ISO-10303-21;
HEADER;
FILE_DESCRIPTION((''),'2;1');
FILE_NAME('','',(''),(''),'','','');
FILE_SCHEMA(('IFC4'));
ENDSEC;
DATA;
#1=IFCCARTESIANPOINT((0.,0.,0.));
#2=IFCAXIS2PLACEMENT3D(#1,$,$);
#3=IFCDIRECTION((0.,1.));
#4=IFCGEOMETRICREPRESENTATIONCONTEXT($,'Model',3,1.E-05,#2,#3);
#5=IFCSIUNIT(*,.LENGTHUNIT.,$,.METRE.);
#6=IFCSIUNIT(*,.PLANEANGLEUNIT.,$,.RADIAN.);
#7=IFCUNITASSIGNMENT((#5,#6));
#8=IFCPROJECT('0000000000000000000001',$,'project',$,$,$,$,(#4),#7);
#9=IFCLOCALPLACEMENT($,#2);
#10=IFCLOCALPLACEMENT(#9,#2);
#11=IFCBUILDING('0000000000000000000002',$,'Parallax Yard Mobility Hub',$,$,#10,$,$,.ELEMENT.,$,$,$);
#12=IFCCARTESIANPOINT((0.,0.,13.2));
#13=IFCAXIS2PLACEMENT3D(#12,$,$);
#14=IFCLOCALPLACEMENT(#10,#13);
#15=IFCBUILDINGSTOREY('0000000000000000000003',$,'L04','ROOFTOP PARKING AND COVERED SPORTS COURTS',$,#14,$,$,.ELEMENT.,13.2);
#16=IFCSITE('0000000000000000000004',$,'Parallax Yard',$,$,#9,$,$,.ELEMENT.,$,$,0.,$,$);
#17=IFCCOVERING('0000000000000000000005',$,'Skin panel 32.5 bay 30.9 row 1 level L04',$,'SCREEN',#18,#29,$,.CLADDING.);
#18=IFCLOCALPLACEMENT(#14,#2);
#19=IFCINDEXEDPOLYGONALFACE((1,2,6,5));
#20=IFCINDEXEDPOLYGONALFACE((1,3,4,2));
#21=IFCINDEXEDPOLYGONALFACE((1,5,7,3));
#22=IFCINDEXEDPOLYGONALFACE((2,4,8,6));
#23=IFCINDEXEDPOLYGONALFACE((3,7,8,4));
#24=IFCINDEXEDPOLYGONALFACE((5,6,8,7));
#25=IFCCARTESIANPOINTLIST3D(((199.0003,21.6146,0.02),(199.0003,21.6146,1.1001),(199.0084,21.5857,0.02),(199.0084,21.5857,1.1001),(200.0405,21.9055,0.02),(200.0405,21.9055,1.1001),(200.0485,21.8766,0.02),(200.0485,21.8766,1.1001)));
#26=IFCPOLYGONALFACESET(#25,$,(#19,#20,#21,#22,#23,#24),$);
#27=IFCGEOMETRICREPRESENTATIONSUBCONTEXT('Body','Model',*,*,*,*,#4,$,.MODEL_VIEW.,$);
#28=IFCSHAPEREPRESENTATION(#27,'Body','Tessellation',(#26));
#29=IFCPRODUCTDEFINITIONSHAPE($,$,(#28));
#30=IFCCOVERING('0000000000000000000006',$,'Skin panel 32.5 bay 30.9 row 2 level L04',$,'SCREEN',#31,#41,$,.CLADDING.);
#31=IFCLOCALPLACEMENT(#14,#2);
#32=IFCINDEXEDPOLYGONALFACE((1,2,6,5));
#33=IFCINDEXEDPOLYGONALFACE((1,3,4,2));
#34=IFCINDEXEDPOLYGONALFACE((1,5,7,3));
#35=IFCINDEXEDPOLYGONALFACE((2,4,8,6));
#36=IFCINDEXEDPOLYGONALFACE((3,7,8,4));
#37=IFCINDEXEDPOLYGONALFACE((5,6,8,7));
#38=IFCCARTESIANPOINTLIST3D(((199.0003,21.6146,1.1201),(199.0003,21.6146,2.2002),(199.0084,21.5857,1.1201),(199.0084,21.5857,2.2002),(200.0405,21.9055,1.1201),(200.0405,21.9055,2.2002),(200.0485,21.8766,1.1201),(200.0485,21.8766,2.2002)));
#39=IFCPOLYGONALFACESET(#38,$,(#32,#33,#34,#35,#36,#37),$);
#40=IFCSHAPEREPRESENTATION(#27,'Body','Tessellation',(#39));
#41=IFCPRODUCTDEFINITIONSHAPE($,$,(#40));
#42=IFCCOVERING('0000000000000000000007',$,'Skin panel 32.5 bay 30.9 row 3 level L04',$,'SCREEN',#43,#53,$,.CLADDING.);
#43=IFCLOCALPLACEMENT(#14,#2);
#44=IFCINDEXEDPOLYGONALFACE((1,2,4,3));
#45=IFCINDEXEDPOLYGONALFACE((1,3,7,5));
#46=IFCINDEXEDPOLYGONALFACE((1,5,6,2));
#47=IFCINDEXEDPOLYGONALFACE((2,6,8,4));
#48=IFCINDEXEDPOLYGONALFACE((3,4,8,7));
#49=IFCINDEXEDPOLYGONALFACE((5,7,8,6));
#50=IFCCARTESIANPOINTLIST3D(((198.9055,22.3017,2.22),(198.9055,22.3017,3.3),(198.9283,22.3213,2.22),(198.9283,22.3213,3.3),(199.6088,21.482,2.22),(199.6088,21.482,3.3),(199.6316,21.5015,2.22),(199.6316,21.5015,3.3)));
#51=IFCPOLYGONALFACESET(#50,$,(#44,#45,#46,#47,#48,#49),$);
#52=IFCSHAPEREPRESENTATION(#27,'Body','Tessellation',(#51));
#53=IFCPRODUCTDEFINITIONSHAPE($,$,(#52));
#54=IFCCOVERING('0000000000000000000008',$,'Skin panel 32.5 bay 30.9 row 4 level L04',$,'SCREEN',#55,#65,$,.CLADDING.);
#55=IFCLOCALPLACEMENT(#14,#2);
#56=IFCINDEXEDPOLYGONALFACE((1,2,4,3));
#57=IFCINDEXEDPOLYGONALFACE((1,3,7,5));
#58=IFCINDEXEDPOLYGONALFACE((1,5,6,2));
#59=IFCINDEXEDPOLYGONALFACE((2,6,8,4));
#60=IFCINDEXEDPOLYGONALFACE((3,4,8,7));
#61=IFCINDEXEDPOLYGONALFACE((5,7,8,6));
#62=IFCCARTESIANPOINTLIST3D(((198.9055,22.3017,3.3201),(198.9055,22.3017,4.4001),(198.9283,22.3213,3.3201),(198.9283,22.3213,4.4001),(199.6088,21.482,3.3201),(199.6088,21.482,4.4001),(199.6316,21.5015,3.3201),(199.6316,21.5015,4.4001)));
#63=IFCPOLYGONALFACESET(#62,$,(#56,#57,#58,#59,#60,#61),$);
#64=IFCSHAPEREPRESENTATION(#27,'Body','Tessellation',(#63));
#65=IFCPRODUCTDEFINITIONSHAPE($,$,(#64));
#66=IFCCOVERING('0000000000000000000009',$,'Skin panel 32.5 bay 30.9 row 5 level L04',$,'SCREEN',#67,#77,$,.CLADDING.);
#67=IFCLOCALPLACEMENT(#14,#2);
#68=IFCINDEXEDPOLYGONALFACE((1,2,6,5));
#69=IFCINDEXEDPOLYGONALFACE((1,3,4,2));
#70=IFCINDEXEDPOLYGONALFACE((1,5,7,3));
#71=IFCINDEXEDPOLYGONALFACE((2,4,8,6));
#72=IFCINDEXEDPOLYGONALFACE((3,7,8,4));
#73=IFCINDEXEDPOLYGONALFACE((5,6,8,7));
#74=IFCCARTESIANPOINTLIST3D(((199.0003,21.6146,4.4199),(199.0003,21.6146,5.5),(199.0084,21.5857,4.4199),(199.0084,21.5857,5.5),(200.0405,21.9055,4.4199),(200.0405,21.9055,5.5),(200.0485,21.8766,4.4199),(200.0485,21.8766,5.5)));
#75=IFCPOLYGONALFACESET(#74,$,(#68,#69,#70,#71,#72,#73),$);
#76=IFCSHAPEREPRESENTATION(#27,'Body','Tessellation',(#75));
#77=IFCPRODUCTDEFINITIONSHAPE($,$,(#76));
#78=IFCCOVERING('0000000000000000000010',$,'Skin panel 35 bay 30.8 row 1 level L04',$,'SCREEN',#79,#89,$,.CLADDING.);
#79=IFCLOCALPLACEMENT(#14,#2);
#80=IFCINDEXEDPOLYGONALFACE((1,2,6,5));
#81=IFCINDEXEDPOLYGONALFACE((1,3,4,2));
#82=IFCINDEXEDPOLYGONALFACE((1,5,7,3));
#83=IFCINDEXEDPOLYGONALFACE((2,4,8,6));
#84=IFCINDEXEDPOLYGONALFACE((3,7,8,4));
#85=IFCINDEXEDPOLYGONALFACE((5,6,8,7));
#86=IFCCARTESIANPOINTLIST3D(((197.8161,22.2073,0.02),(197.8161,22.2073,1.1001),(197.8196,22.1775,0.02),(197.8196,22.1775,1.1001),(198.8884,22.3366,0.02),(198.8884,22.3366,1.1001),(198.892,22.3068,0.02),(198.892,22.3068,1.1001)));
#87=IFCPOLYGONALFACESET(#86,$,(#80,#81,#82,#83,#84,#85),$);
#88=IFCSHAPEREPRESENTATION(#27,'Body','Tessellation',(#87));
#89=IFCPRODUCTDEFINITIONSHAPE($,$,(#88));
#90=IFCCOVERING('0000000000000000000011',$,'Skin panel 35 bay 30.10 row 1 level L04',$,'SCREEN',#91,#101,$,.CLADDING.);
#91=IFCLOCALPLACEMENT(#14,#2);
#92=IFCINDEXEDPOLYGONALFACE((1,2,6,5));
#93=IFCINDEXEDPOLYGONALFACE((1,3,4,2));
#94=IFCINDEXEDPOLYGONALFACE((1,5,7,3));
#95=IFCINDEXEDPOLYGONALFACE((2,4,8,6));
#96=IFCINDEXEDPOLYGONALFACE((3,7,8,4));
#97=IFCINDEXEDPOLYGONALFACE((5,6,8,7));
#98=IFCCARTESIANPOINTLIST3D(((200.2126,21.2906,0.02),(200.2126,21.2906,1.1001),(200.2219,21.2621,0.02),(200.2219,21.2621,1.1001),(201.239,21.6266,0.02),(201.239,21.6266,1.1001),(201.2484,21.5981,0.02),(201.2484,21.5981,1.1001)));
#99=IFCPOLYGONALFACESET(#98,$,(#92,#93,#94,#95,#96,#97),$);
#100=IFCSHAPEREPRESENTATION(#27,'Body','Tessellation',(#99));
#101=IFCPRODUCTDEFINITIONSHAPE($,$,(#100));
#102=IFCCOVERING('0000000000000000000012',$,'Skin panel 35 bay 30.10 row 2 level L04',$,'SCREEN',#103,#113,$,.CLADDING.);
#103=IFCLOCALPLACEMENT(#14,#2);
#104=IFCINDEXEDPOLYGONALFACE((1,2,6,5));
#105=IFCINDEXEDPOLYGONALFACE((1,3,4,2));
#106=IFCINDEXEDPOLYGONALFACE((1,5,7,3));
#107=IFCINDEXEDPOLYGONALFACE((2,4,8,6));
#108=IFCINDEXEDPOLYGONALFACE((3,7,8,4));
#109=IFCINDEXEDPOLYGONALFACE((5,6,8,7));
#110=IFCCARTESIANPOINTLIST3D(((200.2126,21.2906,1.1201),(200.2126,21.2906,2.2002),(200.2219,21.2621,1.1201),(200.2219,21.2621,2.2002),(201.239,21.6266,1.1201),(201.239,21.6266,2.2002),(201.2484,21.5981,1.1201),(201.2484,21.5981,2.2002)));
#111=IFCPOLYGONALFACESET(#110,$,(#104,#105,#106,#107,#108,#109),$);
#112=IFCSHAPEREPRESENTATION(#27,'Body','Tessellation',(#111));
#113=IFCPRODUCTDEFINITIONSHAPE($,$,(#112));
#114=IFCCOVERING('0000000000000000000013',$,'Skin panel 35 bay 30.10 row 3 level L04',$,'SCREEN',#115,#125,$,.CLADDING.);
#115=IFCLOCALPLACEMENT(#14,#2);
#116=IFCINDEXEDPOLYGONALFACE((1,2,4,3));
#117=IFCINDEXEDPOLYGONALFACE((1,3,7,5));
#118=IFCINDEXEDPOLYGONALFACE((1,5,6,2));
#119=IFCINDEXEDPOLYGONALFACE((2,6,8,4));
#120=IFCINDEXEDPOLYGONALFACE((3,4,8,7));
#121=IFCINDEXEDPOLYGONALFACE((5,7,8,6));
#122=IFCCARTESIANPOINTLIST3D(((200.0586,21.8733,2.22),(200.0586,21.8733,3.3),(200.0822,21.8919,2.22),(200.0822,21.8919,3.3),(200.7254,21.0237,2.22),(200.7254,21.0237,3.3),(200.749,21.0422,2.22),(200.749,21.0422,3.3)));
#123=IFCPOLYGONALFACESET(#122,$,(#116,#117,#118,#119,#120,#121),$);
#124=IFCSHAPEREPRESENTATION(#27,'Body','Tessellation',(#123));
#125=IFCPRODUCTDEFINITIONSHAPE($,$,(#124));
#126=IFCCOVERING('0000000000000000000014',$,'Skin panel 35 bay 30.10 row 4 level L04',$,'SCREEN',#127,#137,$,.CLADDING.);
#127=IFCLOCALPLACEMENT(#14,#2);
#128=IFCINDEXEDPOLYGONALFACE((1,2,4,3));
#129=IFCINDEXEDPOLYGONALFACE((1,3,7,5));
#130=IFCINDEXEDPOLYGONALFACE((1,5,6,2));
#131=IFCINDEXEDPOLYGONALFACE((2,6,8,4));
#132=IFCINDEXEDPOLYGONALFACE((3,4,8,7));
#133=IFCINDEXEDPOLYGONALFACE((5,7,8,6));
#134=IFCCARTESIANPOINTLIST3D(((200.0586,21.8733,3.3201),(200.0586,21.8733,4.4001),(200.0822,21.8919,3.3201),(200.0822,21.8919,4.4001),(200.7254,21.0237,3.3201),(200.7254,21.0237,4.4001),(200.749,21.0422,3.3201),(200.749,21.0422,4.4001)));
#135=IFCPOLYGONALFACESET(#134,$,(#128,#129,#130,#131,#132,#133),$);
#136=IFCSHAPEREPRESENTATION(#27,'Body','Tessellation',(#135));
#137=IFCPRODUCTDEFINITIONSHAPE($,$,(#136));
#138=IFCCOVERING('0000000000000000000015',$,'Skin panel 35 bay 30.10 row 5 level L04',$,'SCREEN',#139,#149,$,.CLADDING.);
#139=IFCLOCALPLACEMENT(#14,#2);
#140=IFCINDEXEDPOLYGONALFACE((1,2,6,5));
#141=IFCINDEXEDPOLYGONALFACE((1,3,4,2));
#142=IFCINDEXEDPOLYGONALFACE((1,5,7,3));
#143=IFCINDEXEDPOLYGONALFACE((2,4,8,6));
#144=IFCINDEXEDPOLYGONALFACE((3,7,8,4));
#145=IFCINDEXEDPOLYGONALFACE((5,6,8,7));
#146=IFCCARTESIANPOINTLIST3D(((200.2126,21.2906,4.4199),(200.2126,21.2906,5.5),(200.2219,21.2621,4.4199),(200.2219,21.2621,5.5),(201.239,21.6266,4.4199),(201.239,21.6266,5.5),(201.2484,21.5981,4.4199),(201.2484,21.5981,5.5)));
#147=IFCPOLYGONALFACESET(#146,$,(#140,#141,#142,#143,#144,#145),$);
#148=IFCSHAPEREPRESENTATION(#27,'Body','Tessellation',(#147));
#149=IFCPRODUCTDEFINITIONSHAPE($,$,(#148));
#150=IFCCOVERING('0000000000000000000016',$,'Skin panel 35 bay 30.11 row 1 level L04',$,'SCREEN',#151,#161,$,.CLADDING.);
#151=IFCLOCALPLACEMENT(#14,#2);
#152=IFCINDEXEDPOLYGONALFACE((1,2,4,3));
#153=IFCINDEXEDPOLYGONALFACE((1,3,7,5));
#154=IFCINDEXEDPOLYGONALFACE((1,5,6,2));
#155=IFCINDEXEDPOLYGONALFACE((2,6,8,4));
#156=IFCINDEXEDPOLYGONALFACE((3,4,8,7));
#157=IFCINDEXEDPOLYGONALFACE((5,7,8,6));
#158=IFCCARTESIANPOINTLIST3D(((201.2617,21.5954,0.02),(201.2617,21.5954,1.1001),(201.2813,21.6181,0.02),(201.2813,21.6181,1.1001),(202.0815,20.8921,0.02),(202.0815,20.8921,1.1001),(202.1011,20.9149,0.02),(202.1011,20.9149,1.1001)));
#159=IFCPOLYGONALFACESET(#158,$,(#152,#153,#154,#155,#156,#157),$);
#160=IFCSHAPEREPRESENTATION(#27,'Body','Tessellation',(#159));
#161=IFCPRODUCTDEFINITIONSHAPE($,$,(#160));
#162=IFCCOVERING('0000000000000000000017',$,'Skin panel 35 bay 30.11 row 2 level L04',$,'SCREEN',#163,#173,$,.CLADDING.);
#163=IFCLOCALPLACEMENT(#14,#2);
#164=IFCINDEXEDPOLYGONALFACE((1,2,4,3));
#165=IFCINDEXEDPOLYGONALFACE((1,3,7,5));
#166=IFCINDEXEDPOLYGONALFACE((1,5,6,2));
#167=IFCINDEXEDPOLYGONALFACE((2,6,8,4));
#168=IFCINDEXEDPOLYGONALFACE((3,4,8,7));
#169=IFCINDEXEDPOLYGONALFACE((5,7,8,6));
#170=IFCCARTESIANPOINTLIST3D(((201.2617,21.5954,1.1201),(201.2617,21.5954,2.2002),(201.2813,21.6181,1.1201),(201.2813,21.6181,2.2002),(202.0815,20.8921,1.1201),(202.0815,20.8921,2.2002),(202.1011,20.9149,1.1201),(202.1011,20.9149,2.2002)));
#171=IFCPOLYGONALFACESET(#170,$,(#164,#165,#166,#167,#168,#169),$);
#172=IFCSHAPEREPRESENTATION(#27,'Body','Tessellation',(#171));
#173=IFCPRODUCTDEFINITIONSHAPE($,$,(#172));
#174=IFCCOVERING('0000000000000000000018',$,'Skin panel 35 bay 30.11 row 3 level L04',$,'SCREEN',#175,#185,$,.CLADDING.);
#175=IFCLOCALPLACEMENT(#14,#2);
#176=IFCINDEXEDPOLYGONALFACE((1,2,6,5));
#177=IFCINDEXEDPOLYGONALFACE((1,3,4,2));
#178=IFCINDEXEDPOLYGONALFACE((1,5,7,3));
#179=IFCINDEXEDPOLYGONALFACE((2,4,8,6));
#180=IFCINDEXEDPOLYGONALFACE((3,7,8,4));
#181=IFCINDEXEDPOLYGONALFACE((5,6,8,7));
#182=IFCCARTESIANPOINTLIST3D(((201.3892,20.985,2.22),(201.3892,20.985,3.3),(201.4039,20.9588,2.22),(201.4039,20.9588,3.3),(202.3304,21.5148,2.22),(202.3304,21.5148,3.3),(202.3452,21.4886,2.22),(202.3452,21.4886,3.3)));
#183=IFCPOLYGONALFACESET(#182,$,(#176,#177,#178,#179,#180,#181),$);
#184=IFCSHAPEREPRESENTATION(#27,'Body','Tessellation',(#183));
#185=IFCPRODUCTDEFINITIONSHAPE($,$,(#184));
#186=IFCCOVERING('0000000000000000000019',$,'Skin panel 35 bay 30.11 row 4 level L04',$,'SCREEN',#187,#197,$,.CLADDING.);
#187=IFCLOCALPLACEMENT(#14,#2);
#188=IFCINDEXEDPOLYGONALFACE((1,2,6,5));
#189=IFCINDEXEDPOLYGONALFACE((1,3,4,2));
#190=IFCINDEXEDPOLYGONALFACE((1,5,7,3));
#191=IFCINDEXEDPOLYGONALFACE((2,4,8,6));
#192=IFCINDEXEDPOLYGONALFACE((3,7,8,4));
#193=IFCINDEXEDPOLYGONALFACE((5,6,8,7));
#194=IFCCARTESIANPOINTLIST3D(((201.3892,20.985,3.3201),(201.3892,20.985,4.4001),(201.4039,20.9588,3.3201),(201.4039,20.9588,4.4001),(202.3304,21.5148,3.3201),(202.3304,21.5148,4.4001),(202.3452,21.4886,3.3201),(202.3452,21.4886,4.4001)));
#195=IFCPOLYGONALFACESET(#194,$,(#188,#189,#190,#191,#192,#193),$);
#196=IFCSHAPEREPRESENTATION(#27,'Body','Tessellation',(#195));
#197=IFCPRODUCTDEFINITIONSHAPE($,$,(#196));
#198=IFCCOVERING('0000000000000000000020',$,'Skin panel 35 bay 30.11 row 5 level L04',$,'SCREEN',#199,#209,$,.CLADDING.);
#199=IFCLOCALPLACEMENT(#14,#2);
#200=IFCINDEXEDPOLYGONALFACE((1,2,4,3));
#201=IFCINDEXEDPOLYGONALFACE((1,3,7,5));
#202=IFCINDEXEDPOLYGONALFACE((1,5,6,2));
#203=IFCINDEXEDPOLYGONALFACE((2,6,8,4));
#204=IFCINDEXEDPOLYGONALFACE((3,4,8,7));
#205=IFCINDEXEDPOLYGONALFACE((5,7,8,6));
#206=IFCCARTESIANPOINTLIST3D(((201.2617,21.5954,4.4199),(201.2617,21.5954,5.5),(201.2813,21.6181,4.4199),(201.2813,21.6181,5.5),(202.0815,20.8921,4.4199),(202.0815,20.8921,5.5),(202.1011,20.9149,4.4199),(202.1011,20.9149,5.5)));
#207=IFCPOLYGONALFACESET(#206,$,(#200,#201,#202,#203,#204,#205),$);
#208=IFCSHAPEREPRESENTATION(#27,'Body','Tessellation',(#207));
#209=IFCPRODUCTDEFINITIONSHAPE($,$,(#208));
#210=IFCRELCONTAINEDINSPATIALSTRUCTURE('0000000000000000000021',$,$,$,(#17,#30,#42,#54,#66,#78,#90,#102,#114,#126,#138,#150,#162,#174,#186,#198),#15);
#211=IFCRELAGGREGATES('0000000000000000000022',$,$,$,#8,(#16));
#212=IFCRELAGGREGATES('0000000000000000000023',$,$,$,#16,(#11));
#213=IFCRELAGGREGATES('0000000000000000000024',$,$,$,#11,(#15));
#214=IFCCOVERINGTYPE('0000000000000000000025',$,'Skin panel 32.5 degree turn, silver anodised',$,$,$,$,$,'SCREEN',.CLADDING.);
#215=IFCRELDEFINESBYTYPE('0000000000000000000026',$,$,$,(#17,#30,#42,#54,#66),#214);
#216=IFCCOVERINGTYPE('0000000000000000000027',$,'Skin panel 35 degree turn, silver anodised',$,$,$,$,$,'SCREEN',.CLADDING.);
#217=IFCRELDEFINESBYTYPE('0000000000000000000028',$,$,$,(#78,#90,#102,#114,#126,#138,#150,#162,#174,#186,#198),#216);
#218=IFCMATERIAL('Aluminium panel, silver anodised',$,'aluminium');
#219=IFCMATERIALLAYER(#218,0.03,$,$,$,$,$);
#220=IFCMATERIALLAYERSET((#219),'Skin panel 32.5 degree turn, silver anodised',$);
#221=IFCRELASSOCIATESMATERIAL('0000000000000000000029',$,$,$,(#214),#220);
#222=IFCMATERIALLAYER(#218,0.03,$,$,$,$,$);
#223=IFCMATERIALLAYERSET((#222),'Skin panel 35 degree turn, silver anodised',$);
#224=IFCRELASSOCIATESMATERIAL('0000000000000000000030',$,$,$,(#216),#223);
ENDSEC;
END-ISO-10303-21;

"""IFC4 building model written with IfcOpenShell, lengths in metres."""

from ifc_helpers import new_model, si_unit, direction, frame, origin, origin_2d, place, context, subcontext, project, spatial, rectangle, extrude, material, layer, layer_set, type_object, element, save


model = new_model("IFC4")

# Units and contexts
model_context = context("Model", 3, precision=1e-05, world=origin(), true_north=direction((0.0, 1.0)))
body_context = subcontext(model_context, "Body", "Model", "MODEL_VIEW")
ifc_project = project(units=[si_unit("LENGTHUNIT", "METRE"), si_unit("PLANEANGLEUNIT", "RADIAN")], contexts=[model_context])

# Site, building, storey
site_placement = place(None, origin())
site = spatial("IfcSite", under=ifc_project, at=site_placement, Name="Parallax Yard", CompositionType="ELEMENT", RefElevation=0.0)
building_placement = place(site_placement, origin())
building = spatial("IfcBuilding", under=site, at=building_placement, Name="Parallax Yard Mobility Hub", CompositionType="ELEMENT")
storey_placement = place(building_placement, frame((0.0, 0.0, 13.2)))
storey = spatial("IfcBuildingStorey", under=building, at=storey_placement, Name="L04", Description="ROOFTOP PARKING AND COVERED SPORTS COURTS", CompositionType="ELEMENT", Elevation=13.2)

# Coverings
ifc_material_1 = material(Name="Aluminium panel, silver anodised", Category="aluminium")
ifc_layer_1 = layer(ifc_material_1, 0.03)
ifc_layer_set_1 = layer_set([ifc_layer_1], Name="Skin panel 32.5 degree turn, silver anodised")
covering_type_1 = type_object("IfcCoveringType", Name="Skin panel 32.5 degree turn, silver anodised", ElementType="SCREEN", PredefinedType="CLADDING", material=ifc_layer_set_1)
for number, where, z_axis, x_axis, name in (
    (1, (199.5244, 21.7456, 0.02), (0.0, 0.0, 1.0), (-0.963045, -0.26934, 0.0), "Skin panel 32.5 bay 30.9 row 1 level L04"),
    (2, (199.5244, 21.7456, 1.1201), (0.0, 0.0, 1.0), (-0.963045, -0.26934, 0.0), "Skin panel 32.5 bay 30.9 row 2 level L04"),
    (3, (199.2686, 21.9016, 2.22), (0.0, 0.0, 1.0), (0.651105, -0.758987, 0.0), "Skin panel 32.5 bay 30.9 row 3 level L04"),
    (4, (199.2686, 21.9016, 3.3201), (0.0, 0.0, 1.0), (0.651105, -0.758987, 0.0), "Skin panel 32.5 bay 30.9 row 4 level L04"),
    (5, (199.5244, 21.7456, 4.4199), (0.0, 0.0, 1.0), (-0.963045, -0.26934, 0.0), "Skin panel 32.5 bay 30.9 row 5 level L04"),
):
    element("IfcCovering", number, at=place(storey_placement, frame(where, z_axis=z_axis, x_axis=x_axis)), inside=storey, type_object=covering_type_1, Name=name, ObjectType="SCREEN", PredefinedType="CLADDING", context=body_context, shape_type="SweptSolid", body=[
        extrude(rectangle(XDim=1.0801, YDim=0.03, at=origin_2d()), origin(), (0.0, 0.0, 1.0), 1.0801),
    ])
ifc_layer_2 = layer(ifc_material_1, 0.03)
ifc_layer_set_2 = layer_set([ifc_layer_2], Name="Skin panel 35 degree turn, silver anodised")
covering_type_2 = type_object("IfcCoveringType", Name="Skin panel 35 degree turn, silver anodised", ElementType="SCREEN", PredefinedType="CLADDING", material=ifc_layer_set_2)
for number, where, z_axis, x_axis, name in (
    (6, (198.354, 22.2571, 0.02), (0.0, 0.0, 1.0), (-0.99281, -0.119704, 0.0), "Skin panel 35 bay 30.8 row 1 level L04"),
    (7, (200.7305, 21.4443, 0.02), (0.0, 0.0, 1.0), (-0.95038, -0.311091, 0.0), "Skin panel 35 bay 30.10 row 1 level L04"),
    (8, (200.7305, 21.4443, 1.1201), (0.0, 0.0, 1.0), (-0.95038, -0.311091, 0.0), "Skin panel 35 bay 30.10 row 2 level L04"),
    (9, (200.4038, 21.4578, 2.22), (0.0, 0.0, 1.0), (0.617379, -0.786666, 0.0), "Skin panel 35 bay 30.10 row 3 level L04"),
    (10, (200.4038, 21.4578, 3.3201), (0.0, 0.0, 1.0), (0.617379, -0.786666, 0.0), "Skin panel 35 bay 30.10 row 4 level L04"),
    (11, (200.7305, 21.4443, 4.4199), (0.0, 0.0, 1.0), (-0.95038, -0.311091, 0.0), "Skin panel 35 bay 30.10 row 5 level L04"),
    (12, (201.6814, 21.2551, 0.02), (0.0, 0.0, 1.0), (0.758987, -0.651105, 0.0), "Skin panel 35 bay 30.11 row 1 level L04"),
    (13, (201.6814, 21.2551, 1.1201), (0.0, 0.0, 1.0), (0.758987, -0.651105, 0.0), "Skin panel 35 bay 30.11 row 2 level L04"),
    (14, (201.8672, 21.2368, 2.22), (0.0, 0.0, 1.0), (-0.871428, -0.490524, 0.0), "Skin panel 35 bay 30.11 row 3 level L04"),
    (15, (201.8672, 21.2368, 3.3201), (0.0, 0.0, 1.0), (-0.871428, -0.490524, 0.0), "Skin panel 35 bay 30.11 row 4 level L04"),
    (16, (201.6814, 21.2551, 4.4199), (0.0, 0.0, 1.0), (0.758987, -0.651105, 0.0), "Skin panel 35 bay 30.11 row 5 level L04"),
):
    element("IfcCovering", number, at=place(storey_placement, frame(where, z_axis=z_axis, x_axis=x_axis)), inside=storey, type_object=covering_type_2, Name=name, ObjectType="SCREEN", PredefinedType="CLADDING", context=body_context, shape_type="SweptSolid", body=[
        extrude(rectangle(XDim=1.0801, YDim=0.03, at=origin_2d()), origin(), (0.0, 0.0, 1.0), 1.0801),
    ])

save(model, "model.ifc")
